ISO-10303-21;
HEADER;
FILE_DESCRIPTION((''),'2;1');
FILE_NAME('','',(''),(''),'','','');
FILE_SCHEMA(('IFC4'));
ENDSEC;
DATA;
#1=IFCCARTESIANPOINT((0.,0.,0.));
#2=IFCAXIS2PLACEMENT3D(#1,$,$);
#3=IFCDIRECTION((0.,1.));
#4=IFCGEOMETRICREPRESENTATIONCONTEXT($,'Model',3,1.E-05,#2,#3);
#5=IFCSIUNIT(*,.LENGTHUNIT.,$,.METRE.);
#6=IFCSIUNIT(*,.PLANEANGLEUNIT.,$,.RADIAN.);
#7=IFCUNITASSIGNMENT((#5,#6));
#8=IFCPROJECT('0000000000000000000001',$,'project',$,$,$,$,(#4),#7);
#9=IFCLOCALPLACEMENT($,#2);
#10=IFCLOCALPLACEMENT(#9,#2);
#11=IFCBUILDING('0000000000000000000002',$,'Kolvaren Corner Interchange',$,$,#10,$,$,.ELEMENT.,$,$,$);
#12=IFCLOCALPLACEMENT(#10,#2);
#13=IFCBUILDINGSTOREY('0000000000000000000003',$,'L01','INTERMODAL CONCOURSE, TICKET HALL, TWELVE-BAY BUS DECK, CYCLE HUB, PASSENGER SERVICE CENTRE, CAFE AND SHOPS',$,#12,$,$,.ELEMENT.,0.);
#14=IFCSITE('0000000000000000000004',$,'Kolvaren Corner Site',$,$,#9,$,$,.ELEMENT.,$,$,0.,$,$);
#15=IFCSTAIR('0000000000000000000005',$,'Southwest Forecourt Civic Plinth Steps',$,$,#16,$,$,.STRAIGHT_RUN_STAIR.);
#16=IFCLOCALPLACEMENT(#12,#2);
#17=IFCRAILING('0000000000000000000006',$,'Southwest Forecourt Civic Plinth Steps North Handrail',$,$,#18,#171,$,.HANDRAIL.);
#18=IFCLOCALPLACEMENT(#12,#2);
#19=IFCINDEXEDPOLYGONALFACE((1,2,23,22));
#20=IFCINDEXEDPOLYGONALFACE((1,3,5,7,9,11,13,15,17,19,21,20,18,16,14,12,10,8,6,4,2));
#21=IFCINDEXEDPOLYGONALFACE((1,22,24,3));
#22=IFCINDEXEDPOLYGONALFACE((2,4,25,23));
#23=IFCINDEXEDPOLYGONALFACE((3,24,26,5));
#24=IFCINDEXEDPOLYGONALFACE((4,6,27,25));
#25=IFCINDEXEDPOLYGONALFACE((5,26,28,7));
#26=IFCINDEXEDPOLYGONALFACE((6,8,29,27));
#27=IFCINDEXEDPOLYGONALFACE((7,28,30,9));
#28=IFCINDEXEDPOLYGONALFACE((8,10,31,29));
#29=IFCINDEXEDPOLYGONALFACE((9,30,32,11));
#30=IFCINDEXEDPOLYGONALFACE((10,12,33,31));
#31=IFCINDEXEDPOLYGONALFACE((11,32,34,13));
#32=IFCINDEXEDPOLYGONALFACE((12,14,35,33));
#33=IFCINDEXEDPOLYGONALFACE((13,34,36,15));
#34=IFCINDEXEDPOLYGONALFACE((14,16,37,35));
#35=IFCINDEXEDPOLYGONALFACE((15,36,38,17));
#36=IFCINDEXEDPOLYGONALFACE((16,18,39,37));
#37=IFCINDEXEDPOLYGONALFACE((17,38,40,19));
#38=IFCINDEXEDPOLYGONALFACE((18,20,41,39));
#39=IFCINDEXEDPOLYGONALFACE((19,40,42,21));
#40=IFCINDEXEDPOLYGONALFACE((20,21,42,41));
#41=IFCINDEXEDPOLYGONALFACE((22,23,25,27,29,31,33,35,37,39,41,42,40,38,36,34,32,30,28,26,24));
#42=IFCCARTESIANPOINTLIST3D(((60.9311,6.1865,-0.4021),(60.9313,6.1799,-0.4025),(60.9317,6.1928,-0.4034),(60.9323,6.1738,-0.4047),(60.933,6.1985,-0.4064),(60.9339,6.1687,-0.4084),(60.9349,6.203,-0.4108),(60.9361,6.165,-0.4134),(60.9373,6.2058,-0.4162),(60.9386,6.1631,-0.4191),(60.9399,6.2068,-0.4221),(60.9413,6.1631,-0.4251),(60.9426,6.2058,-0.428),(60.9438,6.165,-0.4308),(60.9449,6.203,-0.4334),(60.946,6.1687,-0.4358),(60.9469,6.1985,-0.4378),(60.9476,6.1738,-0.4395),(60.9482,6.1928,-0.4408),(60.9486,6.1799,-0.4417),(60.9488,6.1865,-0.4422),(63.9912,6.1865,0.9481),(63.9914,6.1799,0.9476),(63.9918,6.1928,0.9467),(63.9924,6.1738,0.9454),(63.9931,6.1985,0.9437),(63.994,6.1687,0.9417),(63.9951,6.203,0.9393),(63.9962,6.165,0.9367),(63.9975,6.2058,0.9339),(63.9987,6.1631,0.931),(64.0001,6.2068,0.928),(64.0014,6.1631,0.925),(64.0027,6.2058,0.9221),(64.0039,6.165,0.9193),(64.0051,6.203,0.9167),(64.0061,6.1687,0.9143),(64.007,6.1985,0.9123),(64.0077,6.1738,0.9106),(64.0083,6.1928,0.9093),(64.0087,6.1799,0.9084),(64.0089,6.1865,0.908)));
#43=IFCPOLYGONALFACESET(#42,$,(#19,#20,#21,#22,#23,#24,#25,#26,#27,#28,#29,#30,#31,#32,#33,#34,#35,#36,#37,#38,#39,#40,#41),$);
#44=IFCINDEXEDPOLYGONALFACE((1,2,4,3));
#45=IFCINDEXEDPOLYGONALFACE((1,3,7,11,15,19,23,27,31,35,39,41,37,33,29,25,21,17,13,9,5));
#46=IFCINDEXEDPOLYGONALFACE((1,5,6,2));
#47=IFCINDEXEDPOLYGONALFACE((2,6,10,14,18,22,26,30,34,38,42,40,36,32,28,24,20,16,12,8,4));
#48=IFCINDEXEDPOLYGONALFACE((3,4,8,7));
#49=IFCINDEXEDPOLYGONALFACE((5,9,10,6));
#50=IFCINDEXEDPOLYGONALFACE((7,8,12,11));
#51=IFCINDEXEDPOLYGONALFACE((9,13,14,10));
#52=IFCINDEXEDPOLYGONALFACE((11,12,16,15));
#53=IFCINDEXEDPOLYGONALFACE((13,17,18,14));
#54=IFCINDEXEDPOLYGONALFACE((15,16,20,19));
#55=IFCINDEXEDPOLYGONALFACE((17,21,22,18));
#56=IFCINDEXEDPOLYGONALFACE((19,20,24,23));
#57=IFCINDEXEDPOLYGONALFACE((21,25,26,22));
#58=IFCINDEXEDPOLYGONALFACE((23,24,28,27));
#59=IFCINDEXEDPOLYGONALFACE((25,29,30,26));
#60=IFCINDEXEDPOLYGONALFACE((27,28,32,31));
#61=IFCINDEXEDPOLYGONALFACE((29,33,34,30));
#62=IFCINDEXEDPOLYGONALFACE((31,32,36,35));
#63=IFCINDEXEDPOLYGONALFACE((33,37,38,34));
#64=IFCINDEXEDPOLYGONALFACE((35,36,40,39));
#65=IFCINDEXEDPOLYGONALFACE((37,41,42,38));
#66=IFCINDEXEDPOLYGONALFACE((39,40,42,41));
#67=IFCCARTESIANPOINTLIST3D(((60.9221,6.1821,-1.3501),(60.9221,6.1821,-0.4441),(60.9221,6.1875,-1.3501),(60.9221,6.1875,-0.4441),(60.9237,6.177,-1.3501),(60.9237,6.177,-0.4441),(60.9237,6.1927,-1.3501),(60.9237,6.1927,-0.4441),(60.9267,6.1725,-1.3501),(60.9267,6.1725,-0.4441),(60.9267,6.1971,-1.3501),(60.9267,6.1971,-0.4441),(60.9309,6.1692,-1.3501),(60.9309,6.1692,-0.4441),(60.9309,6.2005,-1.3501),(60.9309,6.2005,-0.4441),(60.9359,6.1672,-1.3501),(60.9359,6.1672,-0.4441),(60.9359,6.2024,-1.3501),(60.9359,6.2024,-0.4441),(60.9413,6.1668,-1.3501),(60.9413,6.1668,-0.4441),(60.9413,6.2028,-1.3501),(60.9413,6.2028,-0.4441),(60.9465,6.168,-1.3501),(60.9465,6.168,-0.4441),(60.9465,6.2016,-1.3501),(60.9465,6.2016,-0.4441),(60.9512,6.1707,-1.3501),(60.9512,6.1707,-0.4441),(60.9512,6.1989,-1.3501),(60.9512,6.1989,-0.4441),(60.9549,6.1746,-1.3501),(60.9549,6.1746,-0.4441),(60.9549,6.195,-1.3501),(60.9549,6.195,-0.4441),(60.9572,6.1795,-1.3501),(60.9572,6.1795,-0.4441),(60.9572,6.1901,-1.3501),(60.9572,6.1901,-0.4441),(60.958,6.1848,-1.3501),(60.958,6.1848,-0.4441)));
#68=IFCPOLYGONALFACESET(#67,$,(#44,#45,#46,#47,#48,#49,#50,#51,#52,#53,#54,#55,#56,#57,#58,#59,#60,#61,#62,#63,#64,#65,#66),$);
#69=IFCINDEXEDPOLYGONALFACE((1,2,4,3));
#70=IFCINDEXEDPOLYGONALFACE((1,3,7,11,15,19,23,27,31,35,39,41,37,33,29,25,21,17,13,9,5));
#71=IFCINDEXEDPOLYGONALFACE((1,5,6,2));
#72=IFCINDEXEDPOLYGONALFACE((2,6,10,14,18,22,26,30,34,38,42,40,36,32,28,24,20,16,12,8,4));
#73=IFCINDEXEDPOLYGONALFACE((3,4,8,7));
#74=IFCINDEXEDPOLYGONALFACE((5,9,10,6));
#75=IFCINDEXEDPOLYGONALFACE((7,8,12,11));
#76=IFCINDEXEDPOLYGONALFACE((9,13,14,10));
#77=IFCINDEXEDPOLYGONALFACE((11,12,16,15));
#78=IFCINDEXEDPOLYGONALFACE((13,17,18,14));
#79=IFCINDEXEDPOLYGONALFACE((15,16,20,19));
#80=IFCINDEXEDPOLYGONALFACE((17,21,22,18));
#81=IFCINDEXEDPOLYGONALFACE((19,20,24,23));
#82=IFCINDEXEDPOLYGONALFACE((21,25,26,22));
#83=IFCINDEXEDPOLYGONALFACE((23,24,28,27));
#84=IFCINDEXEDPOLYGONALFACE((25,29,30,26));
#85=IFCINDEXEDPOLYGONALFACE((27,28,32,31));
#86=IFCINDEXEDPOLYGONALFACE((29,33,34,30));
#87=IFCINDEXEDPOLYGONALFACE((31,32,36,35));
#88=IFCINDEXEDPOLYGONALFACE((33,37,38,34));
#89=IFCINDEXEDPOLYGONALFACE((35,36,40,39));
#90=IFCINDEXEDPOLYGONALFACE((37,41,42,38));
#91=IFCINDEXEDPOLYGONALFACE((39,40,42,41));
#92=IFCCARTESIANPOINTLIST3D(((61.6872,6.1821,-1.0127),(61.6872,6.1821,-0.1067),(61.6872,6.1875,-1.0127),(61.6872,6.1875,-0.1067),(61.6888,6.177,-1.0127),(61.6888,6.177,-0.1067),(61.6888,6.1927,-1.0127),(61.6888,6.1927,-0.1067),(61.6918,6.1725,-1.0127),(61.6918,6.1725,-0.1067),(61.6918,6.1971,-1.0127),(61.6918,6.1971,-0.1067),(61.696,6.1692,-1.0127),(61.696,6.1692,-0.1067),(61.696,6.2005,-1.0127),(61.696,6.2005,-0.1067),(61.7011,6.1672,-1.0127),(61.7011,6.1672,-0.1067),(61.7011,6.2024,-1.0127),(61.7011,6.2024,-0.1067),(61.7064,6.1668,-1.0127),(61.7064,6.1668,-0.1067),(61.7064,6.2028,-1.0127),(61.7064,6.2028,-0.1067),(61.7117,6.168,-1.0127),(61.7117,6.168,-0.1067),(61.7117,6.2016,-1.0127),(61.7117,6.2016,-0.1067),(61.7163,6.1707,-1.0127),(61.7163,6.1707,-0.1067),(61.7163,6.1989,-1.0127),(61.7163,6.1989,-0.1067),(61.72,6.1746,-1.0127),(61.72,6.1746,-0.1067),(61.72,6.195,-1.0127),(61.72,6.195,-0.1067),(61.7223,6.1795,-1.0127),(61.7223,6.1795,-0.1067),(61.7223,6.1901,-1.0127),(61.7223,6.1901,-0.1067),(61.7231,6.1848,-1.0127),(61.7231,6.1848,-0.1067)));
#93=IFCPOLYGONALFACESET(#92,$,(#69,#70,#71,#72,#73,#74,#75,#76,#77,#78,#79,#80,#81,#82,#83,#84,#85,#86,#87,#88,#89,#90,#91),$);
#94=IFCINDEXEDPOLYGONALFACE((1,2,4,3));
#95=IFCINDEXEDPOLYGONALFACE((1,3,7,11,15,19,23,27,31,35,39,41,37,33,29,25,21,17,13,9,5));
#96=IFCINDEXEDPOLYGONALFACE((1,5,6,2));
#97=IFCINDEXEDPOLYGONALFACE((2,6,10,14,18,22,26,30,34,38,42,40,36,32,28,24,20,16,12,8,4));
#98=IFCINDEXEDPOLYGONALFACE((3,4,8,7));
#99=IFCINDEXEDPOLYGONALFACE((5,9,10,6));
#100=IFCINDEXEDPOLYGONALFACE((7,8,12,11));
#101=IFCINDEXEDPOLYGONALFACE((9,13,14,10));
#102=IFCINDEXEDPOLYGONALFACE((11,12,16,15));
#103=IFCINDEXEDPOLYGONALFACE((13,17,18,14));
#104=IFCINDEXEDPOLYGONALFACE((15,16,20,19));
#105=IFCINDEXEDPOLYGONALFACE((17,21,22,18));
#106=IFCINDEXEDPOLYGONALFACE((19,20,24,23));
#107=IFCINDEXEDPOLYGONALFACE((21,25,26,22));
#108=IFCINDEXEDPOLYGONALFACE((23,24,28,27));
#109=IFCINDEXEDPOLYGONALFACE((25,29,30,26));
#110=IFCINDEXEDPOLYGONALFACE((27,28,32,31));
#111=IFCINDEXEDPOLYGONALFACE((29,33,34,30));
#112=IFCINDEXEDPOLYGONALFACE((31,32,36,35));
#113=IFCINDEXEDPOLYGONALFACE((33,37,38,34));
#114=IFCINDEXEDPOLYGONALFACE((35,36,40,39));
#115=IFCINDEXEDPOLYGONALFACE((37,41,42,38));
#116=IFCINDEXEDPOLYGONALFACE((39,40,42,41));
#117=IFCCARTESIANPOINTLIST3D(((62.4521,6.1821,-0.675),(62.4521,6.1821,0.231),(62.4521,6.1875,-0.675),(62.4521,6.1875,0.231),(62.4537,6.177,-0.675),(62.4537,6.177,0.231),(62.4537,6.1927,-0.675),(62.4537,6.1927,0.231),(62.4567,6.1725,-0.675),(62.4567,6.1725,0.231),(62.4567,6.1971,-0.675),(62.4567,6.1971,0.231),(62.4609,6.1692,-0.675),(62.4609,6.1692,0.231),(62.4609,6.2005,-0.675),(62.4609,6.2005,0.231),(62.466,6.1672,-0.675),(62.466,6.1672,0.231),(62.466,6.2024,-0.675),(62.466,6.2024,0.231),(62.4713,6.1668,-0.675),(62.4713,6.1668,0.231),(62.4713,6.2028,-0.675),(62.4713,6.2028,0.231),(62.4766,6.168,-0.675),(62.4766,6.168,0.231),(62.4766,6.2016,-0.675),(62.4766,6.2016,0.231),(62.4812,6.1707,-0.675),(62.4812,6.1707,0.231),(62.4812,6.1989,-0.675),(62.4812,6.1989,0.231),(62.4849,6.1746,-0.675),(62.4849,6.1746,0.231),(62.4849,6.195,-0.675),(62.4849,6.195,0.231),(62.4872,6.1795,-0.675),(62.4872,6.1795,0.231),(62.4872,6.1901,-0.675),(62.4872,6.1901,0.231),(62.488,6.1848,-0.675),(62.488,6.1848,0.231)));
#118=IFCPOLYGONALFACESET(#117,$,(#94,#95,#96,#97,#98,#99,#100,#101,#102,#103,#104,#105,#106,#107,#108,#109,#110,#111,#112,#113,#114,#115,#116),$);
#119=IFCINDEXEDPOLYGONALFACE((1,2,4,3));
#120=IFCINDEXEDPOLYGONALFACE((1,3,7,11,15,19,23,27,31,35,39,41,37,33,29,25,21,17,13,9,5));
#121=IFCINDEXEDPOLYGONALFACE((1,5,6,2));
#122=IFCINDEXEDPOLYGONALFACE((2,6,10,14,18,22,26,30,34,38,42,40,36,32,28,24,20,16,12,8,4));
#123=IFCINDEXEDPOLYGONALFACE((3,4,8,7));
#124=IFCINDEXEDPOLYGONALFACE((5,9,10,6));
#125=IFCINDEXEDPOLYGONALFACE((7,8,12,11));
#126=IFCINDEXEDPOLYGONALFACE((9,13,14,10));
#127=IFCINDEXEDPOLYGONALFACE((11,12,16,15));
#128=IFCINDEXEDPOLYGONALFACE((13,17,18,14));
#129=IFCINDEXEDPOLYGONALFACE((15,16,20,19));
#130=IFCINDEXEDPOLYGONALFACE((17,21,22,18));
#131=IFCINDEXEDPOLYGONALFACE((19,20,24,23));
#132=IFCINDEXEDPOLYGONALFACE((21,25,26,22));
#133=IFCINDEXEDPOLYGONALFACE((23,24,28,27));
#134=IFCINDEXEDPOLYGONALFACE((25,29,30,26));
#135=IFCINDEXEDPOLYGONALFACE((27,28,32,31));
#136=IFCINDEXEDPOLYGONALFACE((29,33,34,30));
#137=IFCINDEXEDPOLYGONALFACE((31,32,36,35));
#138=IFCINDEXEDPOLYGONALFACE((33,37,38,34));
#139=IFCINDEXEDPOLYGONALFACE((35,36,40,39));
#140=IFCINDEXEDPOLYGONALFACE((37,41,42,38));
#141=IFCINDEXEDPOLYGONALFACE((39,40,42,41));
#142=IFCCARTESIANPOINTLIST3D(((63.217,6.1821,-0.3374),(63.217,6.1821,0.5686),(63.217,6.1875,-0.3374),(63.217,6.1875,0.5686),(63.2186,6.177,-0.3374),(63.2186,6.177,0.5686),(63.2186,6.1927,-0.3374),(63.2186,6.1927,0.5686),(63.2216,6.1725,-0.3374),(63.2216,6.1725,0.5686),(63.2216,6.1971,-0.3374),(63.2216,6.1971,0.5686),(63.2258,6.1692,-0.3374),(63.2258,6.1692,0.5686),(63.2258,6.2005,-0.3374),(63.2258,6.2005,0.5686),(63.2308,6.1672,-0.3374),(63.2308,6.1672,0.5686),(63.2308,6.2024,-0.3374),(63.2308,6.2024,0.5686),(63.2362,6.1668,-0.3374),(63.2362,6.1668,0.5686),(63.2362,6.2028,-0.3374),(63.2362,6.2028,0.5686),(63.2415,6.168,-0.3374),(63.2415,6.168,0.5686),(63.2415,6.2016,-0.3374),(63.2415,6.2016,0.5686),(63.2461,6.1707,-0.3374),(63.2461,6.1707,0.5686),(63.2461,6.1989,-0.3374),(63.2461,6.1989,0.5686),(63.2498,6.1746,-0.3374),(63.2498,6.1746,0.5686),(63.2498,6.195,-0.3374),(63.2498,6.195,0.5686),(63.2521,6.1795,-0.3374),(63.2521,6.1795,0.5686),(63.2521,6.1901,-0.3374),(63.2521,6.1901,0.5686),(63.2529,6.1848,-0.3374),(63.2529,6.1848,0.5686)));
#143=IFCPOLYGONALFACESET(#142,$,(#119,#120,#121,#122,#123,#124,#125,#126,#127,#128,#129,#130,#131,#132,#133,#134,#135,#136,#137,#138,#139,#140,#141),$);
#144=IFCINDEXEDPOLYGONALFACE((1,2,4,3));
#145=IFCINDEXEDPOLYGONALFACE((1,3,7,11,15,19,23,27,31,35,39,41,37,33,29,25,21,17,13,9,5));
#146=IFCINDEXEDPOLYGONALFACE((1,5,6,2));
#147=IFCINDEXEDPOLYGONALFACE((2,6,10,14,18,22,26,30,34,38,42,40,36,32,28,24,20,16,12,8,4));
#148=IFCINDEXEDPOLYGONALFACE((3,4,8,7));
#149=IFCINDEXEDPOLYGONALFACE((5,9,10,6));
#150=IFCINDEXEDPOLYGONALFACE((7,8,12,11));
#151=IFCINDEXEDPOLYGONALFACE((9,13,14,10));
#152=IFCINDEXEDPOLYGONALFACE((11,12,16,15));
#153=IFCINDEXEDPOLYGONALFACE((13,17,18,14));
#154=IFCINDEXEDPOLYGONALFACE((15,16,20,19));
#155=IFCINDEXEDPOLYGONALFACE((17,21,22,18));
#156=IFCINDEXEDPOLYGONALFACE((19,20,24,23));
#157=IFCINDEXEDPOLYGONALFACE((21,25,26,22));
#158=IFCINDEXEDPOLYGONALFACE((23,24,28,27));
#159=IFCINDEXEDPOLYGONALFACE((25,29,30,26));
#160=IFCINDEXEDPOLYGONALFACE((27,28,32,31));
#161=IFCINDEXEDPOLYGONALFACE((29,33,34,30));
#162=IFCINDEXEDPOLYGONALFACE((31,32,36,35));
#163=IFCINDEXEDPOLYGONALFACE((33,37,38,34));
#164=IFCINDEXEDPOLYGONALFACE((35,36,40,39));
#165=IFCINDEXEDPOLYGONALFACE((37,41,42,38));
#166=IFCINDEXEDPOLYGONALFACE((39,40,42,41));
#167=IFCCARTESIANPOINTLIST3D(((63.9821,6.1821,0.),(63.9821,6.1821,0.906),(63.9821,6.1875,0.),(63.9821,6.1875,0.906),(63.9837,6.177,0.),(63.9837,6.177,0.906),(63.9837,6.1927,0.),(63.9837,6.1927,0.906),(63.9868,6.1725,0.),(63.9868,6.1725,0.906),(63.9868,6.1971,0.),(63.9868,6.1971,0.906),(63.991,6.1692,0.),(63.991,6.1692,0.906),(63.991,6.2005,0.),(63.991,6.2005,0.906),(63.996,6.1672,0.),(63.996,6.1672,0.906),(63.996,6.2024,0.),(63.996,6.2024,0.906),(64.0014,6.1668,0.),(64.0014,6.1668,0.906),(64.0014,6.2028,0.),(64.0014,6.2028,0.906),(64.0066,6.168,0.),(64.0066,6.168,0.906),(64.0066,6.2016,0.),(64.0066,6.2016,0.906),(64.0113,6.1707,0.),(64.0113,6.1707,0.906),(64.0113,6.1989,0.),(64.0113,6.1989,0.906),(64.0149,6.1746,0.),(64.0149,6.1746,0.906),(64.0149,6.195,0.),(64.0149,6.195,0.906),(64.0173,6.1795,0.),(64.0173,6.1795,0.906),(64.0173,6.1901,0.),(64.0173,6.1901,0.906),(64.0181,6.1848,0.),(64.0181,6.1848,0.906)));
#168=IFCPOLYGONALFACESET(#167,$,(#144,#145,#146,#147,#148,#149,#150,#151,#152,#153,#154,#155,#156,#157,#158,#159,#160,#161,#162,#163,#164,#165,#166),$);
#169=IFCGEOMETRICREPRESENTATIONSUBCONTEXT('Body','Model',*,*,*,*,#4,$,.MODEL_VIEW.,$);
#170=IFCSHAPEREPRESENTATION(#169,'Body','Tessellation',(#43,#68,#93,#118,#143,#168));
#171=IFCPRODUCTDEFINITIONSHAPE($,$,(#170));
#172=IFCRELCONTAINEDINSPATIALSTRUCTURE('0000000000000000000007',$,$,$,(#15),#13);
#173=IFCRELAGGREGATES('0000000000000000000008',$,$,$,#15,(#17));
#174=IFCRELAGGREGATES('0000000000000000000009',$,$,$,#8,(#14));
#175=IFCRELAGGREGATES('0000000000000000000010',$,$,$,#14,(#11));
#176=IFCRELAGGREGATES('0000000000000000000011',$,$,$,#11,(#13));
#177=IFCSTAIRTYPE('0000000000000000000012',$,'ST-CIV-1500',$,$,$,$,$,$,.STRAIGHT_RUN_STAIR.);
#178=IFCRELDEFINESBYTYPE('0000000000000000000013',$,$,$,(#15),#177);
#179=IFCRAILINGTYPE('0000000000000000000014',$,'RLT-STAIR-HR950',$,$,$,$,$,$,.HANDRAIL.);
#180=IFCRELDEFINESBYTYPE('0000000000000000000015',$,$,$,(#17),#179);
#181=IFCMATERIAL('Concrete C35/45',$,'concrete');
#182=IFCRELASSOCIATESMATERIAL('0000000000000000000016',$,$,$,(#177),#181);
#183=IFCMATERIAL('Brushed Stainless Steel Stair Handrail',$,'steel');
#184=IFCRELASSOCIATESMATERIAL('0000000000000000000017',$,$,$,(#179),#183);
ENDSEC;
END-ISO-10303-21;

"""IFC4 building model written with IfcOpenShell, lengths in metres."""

from ifc_helpers import new_model, si_unit, direction, frame, origin, origin_2d, place, context, subcontext, project, spatial, circle, extrude, material, type_object, element, aggregate, save


model = new_model("IFC4")

# Units and contexts
model_context = context("Model", 3, precision=1e-05, world=origin(), true_north=direction((0.0, 1.0)))
body_context = subcontext(model_context, "Body", "Model", "MODEL_VIEW")
ifc_project = project(units=[si_unit("LENGTHUNIT", "METRE"), si_unit("PLANEANGLEUNIT", "RADIAN")], contexts=[model_context])

# Site, building, storey
site_placement = place(None, origin())
site = spatial("IfcSite", under=ifc_project, at=site_placement, Name="Kolvaren Corner Site", CompositionType="ELEMENT", RefElevation=0.0)
building_placement = place(site_placement, origin())
building = spatial("IfcBuilding", under=site, at=building_placement, Name="Kolvaren Corner Interchange", CompositionType="ELEMENT")
storey_placement = place(building_placement, origin())
storey = spatial("IfcBuildingStorey", under=building, at=storey_placement, Name="L01", Description="INTERMODAL CONCOURSE, TICKET HALL, TWELVE-BAY BUS DECK, CYCLE HUB, PASSENGER SERVICE CENTRE, CAFE AND SHOPS", CompositionType="ELEMENT", Elevation=0.0)

# Stair
ifc_material_1 = material(Name="Concrete C35/45", Category="concrete")
stair_type = type_object("IfcStairType", Name="ST-CIV-1500", PredefinedType="STRAIGHT_RUN_STAIR", material=ifc_material_1)
stair_placement = place(storey_placement, origin())
stair = element("IfcStair", 1, at=stair_placement, inside=storey, type_object=stair_type, Name="Southwest Forecourt Civic Plinth Steps", PredefinedType="STRAIGHT_RUN_STAIR")

# Railing
ifc_material_2 = material(Name="Brushed Stainless Steel Stair Handrail", Category="steel")
railing_type_1 = type_object("IfcRailingType", Name="RLT-STAIR-HR950", PredefinedType="HANDRAIL", material=ifc_material_2)
railing_1_placement = place(storey_placement, frame((60.9399, 6.1848, -1.3501)))
railing_1 = element("IfcRailing", 2, at=railing_1_placement, type_object=railing_type_1, Name="Southwest Forecourt Civic Plinth Steps North Handrail", PredefinedType="HANDRAIL", context=body_context, shape_type="SweptSolid", body=[
    extrude(circle(Radius=0.022, at=origin_2d()), frame((0.0, 0.0, 0.928), z_axis=(0.91491, 0.0, 0.403658), x_axis=(0.0, 1.0, 0.0)), (0.0, 0.0, 1.0), 3.3447),
    extrude(circle(Radius=0.0181, at=origin_2d()), origin(), (0.0, 0.0, 1.0), 0.906),
    extrude(circle(Radius=0.0181, at=origin_2d()), frame((0.7651, 0.0, 0.3374)), (0.0, 0.0, 1.0), 0.906),
    extrude(circle(Radius=0.0181, at=origin_2d()), frame((1.53, 0.0, 0.675)), (0.0, 0.0, 1.0), 0.906),
    extrude(circle(Radius=0.0181, at=origin_2d()), frame((2.2949, 0.0, 1.0127)), (0.0, 0.0, 1.0), 0.906),
    extrude(circle(Radius=0.0181, at=origin_2d()), frame((3.0601, 0.0, 1.3501)), (0.0, 0.0, 1.0), 0.906),
])
aggregate(stair, [railing_1])

save(model, "model.ifc")
